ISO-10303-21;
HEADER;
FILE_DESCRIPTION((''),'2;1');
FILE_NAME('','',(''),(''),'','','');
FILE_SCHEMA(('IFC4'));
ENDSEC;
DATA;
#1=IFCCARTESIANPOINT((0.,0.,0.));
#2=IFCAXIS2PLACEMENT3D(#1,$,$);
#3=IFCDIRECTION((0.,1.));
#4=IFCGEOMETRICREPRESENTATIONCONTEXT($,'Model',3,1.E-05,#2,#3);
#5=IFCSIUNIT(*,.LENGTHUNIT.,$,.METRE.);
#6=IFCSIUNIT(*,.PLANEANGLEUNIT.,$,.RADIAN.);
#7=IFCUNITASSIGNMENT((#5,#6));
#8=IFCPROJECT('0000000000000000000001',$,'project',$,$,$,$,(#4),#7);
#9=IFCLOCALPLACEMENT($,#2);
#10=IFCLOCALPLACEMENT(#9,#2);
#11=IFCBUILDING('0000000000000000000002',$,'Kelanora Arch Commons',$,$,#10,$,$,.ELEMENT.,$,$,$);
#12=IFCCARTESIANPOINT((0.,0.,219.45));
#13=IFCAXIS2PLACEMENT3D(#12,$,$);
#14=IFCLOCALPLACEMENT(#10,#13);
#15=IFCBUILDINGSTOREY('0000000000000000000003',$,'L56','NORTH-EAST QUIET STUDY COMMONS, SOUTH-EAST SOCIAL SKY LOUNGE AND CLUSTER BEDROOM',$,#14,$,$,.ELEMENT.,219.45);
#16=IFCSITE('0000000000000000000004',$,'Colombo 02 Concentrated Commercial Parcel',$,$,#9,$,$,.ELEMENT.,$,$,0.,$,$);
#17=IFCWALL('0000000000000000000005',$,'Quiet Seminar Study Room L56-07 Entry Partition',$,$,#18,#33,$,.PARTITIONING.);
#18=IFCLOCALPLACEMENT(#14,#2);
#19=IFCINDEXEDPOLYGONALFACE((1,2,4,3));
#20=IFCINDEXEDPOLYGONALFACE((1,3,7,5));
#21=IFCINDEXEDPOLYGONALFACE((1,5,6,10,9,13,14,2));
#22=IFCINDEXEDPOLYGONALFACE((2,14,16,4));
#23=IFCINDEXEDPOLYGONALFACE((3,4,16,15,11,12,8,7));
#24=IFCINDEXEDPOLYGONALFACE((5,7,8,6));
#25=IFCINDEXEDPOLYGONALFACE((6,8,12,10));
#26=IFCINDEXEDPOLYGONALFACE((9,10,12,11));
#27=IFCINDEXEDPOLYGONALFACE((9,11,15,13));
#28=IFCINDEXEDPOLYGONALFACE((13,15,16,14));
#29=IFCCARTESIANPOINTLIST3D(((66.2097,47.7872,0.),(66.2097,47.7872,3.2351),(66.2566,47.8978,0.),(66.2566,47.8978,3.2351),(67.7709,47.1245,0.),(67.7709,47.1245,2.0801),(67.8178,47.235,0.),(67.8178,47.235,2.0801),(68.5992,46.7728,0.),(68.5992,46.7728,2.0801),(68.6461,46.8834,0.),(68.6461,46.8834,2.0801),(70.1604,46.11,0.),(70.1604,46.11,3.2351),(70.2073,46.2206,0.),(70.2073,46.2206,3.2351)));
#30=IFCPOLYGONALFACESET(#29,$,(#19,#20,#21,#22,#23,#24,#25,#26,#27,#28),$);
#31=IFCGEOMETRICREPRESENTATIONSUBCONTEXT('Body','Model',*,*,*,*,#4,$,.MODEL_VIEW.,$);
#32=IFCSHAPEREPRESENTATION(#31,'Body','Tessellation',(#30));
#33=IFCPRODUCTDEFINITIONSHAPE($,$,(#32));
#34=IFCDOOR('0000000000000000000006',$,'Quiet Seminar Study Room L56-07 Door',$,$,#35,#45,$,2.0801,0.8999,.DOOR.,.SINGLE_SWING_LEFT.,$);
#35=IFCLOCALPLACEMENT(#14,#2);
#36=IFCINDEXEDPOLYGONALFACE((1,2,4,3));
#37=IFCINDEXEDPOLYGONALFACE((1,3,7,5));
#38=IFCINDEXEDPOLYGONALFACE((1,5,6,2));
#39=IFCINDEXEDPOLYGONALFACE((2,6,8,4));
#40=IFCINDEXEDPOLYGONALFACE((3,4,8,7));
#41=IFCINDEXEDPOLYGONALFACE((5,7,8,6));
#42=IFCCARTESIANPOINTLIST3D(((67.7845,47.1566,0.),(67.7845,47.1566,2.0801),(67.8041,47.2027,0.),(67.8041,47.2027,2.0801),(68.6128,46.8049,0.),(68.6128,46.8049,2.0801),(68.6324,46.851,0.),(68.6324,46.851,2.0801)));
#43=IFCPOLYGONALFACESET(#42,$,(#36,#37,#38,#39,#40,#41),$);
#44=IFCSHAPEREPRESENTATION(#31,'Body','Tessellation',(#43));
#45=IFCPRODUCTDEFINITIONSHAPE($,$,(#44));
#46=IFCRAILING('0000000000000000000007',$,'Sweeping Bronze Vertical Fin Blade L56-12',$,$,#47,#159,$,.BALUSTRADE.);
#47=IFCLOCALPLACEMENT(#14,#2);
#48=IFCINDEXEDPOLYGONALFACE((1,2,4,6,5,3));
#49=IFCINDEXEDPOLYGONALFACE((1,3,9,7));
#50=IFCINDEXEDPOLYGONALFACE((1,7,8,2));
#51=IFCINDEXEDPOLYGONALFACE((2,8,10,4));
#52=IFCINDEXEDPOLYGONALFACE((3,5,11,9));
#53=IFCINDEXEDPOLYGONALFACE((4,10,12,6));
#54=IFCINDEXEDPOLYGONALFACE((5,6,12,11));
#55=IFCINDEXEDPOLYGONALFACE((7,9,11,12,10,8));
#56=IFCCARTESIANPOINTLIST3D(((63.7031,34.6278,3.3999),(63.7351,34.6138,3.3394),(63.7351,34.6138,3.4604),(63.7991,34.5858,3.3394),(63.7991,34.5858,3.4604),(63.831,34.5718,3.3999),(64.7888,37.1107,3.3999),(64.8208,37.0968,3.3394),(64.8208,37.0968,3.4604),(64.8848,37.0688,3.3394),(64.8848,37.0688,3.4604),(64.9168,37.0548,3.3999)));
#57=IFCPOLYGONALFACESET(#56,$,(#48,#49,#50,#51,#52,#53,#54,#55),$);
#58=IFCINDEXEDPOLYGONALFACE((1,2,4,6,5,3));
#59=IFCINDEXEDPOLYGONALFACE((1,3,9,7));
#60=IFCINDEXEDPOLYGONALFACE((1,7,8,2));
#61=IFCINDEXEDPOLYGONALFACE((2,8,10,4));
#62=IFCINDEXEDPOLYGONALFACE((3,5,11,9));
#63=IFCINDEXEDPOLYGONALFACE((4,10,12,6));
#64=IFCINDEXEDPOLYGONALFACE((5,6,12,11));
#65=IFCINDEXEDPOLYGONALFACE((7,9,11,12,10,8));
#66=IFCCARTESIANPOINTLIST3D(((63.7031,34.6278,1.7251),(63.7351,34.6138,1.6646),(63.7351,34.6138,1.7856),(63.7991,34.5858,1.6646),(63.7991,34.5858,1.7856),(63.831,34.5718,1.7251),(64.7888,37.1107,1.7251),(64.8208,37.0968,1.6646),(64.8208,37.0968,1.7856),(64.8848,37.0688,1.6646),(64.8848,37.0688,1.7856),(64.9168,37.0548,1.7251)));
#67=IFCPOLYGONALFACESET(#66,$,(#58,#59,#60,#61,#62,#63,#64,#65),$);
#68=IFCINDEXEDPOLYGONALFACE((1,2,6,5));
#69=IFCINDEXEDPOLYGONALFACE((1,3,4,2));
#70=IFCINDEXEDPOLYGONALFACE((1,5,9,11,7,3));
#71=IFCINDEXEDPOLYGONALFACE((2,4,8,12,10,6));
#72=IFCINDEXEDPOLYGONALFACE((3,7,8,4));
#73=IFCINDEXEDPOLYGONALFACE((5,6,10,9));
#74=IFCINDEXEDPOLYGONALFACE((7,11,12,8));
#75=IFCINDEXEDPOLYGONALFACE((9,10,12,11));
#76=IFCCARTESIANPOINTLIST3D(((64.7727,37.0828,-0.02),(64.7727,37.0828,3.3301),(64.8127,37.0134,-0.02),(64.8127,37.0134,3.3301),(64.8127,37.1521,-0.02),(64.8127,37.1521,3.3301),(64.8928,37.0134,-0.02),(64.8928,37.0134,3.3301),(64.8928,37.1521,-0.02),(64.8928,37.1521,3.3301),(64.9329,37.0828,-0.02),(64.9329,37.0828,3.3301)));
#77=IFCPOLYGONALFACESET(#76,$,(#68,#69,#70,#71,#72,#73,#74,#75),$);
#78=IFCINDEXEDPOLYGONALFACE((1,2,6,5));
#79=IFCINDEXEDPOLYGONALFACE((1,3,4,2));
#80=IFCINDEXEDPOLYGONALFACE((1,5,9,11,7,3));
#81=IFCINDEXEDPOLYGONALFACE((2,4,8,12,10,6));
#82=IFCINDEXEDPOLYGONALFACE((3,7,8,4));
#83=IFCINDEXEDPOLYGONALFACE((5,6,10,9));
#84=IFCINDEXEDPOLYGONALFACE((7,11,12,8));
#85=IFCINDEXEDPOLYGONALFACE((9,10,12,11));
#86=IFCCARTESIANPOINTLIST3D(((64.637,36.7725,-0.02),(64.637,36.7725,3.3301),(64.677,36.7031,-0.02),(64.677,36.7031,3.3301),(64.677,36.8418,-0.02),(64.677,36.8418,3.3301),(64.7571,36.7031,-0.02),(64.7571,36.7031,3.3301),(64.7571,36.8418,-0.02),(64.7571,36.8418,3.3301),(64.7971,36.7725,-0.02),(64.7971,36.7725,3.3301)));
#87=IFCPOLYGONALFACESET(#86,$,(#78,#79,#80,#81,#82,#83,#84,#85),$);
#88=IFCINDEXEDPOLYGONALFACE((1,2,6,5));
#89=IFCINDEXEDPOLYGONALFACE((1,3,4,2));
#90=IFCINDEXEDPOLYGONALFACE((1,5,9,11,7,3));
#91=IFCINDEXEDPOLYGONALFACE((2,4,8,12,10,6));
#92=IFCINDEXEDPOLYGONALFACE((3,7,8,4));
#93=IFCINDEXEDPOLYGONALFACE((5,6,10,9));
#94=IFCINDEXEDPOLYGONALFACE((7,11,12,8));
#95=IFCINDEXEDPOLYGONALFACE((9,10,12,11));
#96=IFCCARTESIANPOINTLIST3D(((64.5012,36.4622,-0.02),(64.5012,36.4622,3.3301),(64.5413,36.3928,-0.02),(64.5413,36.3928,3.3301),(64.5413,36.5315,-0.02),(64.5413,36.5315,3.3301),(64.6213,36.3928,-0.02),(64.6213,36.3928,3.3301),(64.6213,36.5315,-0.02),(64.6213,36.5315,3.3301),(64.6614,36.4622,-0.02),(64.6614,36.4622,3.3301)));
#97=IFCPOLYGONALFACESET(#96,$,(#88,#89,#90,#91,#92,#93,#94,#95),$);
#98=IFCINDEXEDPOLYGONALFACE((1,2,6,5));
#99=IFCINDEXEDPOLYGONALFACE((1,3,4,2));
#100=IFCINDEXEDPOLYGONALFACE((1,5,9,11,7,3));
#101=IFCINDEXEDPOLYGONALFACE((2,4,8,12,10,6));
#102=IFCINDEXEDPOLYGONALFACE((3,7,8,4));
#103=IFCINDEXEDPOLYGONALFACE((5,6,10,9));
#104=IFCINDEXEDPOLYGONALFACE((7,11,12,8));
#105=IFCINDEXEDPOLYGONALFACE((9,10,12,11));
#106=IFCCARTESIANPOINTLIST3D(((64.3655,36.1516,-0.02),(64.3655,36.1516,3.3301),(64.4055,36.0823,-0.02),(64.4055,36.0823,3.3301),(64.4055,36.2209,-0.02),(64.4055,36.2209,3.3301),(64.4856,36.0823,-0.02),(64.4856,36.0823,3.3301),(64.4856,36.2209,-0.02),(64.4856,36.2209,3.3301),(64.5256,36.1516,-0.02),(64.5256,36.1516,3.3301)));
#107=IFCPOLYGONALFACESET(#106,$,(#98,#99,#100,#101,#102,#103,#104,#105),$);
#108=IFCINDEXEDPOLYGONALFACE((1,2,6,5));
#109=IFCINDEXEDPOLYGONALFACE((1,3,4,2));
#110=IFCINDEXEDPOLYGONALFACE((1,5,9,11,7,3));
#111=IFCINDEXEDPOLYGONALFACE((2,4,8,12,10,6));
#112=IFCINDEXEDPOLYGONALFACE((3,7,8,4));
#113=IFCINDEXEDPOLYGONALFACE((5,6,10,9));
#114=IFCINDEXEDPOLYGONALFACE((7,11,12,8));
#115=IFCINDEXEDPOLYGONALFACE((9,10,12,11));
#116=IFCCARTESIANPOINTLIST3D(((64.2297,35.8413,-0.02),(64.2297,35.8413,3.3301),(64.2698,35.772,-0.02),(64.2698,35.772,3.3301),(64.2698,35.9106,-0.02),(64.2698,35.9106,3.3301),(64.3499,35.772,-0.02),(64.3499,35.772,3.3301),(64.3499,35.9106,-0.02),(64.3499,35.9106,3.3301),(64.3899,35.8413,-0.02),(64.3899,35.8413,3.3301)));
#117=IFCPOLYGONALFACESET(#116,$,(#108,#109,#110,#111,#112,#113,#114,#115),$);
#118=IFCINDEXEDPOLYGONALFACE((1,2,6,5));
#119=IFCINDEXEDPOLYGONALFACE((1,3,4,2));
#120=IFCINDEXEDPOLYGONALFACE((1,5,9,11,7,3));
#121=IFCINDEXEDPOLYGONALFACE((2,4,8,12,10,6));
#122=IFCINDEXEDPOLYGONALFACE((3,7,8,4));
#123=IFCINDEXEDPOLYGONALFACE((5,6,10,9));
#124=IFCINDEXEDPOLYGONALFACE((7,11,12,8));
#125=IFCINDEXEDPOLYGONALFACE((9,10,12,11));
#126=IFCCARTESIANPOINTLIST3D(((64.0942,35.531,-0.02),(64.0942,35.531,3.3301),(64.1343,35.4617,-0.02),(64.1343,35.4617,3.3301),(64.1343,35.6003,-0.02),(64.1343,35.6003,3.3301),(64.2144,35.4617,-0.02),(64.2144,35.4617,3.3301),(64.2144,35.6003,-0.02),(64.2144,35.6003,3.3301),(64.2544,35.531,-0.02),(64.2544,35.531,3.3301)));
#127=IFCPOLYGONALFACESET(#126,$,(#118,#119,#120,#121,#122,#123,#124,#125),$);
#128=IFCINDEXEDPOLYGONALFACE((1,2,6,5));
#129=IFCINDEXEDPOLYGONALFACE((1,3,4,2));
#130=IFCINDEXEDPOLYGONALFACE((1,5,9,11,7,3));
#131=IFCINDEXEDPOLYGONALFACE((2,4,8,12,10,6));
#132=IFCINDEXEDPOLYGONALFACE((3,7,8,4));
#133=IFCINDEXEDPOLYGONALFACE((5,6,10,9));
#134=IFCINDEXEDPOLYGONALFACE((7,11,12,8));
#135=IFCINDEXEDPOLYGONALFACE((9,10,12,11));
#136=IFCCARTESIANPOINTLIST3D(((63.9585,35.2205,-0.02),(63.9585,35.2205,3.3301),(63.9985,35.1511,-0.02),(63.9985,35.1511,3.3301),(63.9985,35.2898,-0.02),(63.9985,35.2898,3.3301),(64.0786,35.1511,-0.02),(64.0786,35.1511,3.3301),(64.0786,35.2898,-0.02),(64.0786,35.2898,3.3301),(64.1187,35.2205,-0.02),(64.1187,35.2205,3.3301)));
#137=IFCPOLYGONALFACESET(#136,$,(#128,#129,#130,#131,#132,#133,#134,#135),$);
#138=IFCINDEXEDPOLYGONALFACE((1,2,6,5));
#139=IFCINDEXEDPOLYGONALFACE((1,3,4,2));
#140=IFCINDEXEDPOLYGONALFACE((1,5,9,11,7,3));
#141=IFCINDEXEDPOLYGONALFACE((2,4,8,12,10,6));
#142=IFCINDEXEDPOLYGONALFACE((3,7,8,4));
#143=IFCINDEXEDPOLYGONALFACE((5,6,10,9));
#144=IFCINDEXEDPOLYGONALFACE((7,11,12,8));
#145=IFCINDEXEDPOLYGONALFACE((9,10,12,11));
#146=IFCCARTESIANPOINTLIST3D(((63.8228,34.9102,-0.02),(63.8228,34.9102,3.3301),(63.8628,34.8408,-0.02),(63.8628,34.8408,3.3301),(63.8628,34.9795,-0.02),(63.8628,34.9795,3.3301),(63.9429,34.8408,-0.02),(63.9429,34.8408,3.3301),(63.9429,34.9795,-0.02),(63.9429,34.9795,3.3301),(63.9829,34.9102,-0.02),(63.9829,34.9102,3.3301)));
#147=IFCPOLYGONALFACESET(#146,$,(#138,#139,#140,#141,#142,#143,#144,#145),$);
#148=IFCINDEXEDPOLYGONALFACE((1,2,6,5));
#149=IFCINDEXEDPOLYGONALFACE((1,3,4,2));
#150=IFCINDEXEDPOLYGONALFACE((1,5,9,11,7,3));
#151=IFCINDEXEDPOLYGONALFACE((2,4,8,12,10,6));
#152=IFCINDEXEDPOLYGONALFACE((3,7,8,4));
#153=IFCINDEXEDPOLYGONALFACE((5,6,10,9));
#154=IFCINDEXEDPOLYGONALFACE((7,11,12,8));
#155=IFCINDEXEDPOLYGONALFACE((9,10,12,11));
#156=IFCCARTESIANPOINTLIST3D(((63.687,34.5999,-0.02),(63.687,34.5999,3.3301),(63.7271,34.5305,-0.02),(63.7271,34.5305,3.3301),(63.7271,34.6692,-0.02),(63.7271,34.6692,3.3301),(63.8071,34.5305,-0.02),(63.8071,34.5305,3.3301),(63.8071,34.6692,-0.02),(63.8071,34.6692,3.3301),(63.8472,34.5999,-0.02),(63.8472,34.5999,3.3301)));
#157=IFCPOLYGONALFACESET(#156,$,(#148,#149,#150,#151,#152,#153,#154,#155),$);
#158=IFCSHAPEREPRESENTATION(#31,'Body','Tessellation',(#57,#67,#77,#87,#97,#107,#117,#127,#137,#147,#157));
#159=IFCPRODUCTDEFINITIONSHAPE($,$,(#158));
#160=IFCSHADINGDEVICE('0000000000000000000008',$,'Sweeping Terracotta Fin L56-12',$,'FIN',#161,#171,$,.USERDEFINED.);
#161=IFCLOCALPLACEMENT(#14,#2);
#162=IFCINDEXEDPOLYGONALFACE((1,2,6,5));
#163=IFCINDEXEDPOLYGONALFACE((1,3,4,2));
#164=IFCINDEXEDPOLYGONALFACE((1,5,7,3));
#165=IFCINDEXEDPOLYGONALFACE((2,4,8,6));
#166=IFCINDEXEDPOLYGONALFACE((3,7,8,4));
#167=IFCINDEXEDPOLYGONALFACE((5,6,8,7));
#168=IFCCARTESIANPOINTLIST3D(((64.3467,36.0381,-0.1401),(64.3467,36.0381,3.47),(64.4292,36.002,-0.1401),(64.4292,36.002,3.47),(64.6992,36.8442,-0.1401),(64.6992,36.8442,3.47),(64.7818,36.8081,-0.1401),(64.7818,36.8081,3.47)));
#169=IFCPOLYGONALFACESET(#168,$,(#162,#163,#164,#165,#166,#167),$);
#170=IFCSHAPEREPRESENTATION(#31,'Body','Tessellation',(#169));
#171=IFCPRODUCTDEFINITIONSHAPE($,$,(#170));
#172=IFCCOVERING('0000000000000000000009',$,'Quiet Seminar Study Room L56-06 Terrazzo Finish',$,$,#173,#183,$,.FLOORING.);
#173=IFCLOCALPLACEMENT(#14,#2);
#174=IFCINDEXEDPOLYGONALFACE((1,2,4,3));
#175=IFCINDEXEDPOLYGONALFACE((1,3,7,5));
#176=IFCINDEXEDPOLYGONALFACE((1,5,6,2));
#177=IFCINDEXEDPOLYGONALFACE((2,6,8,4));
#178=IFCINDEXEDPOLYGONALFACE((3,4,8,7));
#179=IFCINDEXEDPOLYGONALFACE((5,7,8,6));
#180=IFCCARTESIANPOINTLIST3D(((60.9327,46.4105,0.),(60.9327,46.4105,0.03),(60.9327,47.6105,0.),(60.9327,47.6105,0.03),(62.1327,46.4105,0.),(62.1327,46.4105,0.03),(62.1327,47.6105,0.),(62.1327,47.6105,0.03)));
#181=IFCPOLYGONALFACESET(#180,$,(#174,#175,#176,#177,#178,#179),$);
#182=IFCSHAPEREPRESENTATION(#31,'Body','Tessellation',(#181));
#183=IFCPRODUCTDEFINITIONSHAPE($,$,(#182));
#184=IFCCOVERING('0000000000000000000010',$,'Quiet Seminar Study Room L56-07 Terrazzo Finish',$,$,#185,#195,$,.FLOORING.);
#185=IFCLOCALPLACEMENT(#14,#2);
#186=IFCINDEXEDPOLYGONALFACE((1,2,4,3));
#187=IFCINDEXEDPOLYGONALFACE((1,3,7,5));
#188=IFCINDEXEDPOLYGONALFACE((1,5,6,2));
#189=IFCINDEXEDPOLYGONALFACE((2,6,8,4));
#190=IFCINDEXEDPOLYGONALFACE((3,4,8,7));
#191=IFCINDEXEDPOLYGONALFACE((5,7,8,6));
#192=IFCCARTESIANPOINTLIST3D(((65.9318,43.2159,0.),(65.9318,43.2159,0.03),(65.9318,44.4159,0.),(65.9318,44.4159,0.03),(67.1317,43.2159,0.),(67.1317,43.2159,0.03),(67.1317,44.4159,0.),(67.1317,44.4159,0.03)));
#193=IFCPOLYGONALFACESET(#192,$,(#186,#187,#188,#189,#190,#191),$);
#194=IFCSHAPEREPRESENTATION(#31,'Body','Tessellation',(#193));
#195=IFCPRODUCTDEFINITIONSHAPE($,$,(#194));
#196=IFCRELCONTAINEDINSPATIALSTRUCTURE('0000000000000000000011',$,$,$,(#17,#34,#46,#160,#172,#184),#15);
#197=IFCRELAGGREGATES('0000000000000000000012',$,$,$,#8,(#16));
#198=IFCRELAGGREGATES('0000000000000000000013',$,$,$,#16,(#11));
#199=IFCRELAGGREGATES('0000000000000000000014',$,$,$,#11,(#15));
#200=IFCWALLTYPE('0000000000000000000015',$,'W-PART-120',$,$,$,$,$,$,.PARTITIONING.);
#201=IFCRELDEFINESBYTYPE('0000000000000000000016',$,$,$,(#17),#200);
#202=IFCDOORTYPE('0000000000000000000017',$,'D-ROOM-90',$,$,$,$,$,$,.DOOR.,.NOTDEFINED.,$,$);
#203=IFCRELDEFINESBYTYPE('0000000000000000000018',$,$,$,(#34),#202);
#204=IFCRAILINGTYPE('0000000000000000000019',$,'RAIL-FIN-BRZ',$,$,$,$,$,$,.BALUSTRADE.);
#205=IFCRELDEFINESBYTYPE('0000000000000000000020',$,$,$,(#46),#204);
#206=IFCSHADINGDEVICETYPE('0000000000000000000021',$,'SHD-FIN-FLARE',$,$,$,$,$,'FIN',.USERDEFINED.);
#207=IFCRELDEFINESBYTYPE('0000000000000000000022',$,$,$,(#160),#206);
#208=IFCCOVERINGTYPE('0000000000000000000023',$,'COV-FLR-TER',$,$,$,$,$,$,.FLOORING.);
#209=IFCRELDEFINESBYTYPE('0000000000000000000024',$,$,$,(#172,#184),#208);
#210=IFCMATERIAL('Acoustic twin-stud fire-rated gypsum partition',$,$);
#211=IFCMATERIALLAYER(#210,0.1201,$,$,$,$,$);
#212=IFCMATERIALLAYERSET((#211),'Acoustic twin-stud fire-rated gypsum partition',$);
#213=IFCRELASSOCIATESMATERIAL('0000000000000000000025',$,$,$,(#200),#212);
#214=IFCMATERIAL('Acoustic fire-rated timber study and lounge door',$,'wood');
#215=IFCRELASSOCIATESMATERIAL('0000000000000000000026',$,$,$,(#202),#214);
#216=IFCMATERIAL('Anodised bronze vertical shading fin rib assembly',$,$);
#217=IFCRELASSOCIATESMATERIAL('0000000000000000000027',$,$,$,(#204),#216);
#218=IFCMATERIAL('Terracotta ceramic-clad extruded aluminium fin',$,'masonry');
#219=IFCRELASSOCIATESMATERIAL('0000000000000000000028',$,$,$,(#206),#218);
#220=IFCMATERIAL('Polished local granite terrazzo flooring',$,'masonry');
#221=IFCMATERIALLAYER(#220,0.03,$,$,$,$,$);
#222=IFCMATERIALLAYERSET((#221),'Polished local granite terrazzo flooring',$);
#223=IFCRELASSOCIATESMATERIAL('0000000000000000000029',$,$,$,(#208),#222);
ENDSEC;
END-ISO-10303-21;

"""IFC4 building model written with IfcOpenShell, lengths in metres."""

from ifc_helpers import new_model, si_unit, direction, frame, frame_2d, origin, origin_2d, place, context, subcontext, project, spatial, polyline, rectangle, outline, extrude, source, transform, mapped, material, layer, layer_set, type_object, element, fill, save


model = new_model("IFC4")

# Units and contexts
model_context = context("Model", 3, precision=1e-05, world=origin(), true_north=direction((0.0, 1.0)))
body_context = subcontext(model_context, "Body", "Model", "MODEL_VIEW")
ifc_project = project(units=[si_unit("LENGTHUNIT", "METRE"), si_unit("PLANEANGLEUNIT", "RADIAN")], contexts=[model_context])

# Site, building, storey
site_placement = place(None, origin())
site = spatial("IfcSite", under=ifc_project, at=site_placement, Name="Colombo 02 Concentrated Commercial Parcel", CompositionType="ELEMENT", RefElevation=0.0)
building_placement = place(site_placement, origin())
building = spatial("IfcBuilding", under=site, at=building_placement, Name="Kelanora Arch Commons", CompositionType="ELEMENT")
storey_placement = place(building_placement, frame((0.0, 0.0, 219.45)))
storey = spatial("IfcBuildingStorey", under=building, at=storey_placement, Name="L56", Description="NORTH-EAST QUIET STUDY COMMONS, SOUTH-EAST SOCIAL SKY LOUNGE AND CLUSTER BEDROOM", CompositionType="ELEMENT", Elevation=219.45)

# Wall, opening, door
ifc_material_1 = material(Name="Acoustic twin-stud fire-rated gypsum partition")
ifc_layer_1 = layer(ifc_material_1, 0.1201)
ifc_layer_set_1 = layer_set([ifc_layer_1], Name="Acoustic twin-stud fire-rated gypsum partition")
wall_type_1 = type_object("IfcWallType", Name="W-PART-120", PredefinedType="PARTITIONING", material=ifc_layer_set_1)
ifc_material_2 = material(Name="Acoustic fire-rated timber study and lounge door", Category="wood")
door_type = type_object("IfcDoorType", Name="D-ROOM-90", OperationType="NOTDEFINED", PredefinedType="DOOR", material=ifc_material_2)
wall_1_placement = place(storey_placement, frame((66.2332, 47.8425, 0.0), z_axis=(0.0, 0.0, 1.0), x_axis=(0.920481, -0.390786, 0.0)))
wall_1 = element("IfcWall", 1, at=wall_1_placement, inside=storey, type_object=wall_type_1, Name="Quiet Seminar Study Room L56-07 Entry Partition", PredefinedType="PARTITIONING", context=body_context, shape_type="SweptSolid", body=[
    extrude(rectangle(XDim=4.292, YDim=0.1201, at=frame_2d((2.146, 0.0))), origin(), (0.0, 0.0, 1.0), 3.2351),
])
opening_1_placement = place(wall_1_placement, frame((1.696, 0.0, 0.0)))
opening_1 = element("IfcOpeningElement", 2, at=opening_1_placement, cuts=wall_1, PredefinedType="OPENING", context=body_context, shape_type="SweptSolid", body=[
    extrude(rectangle(XDim=0.8999, YDim=2.0801, at=frame_2d((0.45, 1.04))), frame((0.0, 0.0701, 0.0), z_axis=(0.0, -1.0, 0.0), x_axis=(1.0, 0.0, 0.0)), (0.0, 0.0, 1.0), 0.1401),
])
door_1_placement = place(opening_1_placement, origin())
door_1 = element("IfcDoor", 3, at=door_1_placement, inside=storey, type_object=door_type, Name="Quiet Seminar Study Room L56-07 Door", OperationType="SINGLE_SWING_LEFT", OverallHeight=2.0801, OverallWidth=0.8999, PredefinedType="DOOR", context=body_context, shape_type="SweptSolid", body=[
    extrude(rectangle(XDim=0.8999, YDim=2.0801, at=frame_2d((0.45, 1.04))), frame((0.0, 0.0249, 0.0), z_axis=(0.0, -1.0, 0.0), x_axis=(1.0, 0.0, 0.0)), (0.0, 0.0, 1.0), 0.05),
])
fill(opening_1, door_1)

# Railing
ifc_material_3 = material(Name="Anodised bronze vertical shading fin rib assembly")
railing_type = type_object("IfcRailingType", Name="RAIL-FIN-BRZ", PredefinedType="BALUSTRADE", material=ifc_material_3)
railing_placement = place(storey_placement, frame((64.8528, 37.0828, -0.02)))
element("IfcRailing", 4, at=railing_placement, inside=storey, type_object=railing_type, Name="Sweeping Bronze Vertical Fin Blade L56-12", PredefinedType="BALUSTRADE", context=body_context, shape_type="SweptSolid", body=[
    extrude(outline(polyline([(0.0698, 0.0), (0.0349, 0.0605), (-0.0349, 0.0605), (-0.0698, 0.0), (-0.0349, -0.0605), (0.0349, -0.0605), (0.0698, 0.0)])), frame((0.0, 0.0, 3.4199), z_axis=(-0.400639, -0.916236, 0.0), x_axis=(0.916236, -0.400639, 0.0)), (0.0, 0.0, 1.0), 2.71),
    extrude(outline(polyline([(0.0698, 0.0), (0.0349, 0.0605), (-0.0349, 0.0605), (-0.0698, 0.0), (-0.0349, -0.0605), (0.0349, -0.0605), (0.0698, 0.0)])), frame((0.0, 0.0, 1.7451), z_axis=(-0.400639, -0.916236, 0.0), x_axis=(0.916236, -0.400639, 0.0)), (0.0, 0.0, 1.0), 2.71),
    extrude(outline(polyline([(0.0801, 0.0), (0.04, 0.0693), (-0.04, 0.0693), (-0.0801, 0.0), (-0.04, -0.0693), (0.04, -0.0693), (0.0801, 0.0)])), origin(), (0.0, 0.0, 1.0), 3.3501),
    extrude(outline(polyline([(0.0801, 0.0), (0.04, 0.0693), (-0.04, 0.0693), (-0.0801, 0.0), (-0.04, -0.0693), (0.04, -0.0693), (0.0801, 0.0)])), frame((-0.1357, -0.3103, 0.0)), (0.0, 0.0, 1.0), 3.3501),
    extrude(outline(polyline([(0.0801, 0.0), (0.04, 0.0693), (-0.04, 0.0693), (-0.0801, 0.0), (-0.04, -0.0693), (0.04, -0.0693), (0.0801, 0.0)])), frame((-0.2715, -0.6206, 0.0)), (0.0, 0.0, 1.0), 3.3501),
    extrude(outline(polyline([(0.0801, 0.0), (0.04, 0.0693), (-0.04, 0.0693), (-0.0801, 0.0), (-0.04, -0.0693), (0.04, -0.0693), (0.0801, 0.0)])), frame((-0.4072, -0.9312, 0.0)), (0.0, 0.0, 1.0), 3.3501),
    extrude(outline(polyline([(0.0801, 0.0), (0.04, 0.0693), (-0.04, 0.0693), (-0.0801, 0.0), (-0.04, -0.0693), (0.04, -0.0693), (0.0801, 0.0)])), frame((-0.543, -1.2415, 0.0)), (0.0, 0.0, 1.0), 3.3501),
    extrude(outline(polyline([(0.0801, 0.0), (0.04, 0.0693), (-0.04, 0.0693), (-0.0801, 0.0), (-0.04, -0.0693), (0.04, -0.0693), (0.0801, 0.0)])), frame((-0.6785, -1.5518, 0.0)), (0.0, 0.0, 1.0), 3.3501),
    extrude(outline(polyline([(0.0801, 0.0), (0.04, 0.0693), (-0.04, 0.0693), (-0.0801, 0.0), (-0.04, -0.0693), (0.04, -0.0693), (0.0801, 0.0)])), frame((-0.8142, -1.8623, 0.0)), (0.0, 0.0, 1.0), 3.3501),
    extrude(outline(polyline([(0.0801, 0.0), (0.04, 0.0693), (-0.04, 0.0693), (-0.0801, 0.0), (-0.04, -0.0693), (0.04, -0.0693), (0.0801, 0.0)])), frame((-0.95, -2.1726, 0.0)), (0.0, 0.0, 1.0), 3.3501),
    extrude(outline(polyline([(0.0801, 0.0), (0.04, 0.0693), (-0.04, 0.0693), (-0.0801, 0.0), (-0.04, -0.0693), (0.04, -0.0693), (0.0801, 0.0)])), frame((-1.0857, -2.4829, 0.0)), (0.0, 0.0, 1.0), 3.3501),
])

# Shading device
ifc_material_4 = material(Name="Terracotta ceramic-clad extruded aluminium fin", Category="masonry")
shading_device_type = type_object("IfcShadingDeviceType", Name="SHD-FIN-FLARE", ElementType="FIN", PredefinedType="USERDEFINED", material=ifc_material_4)
shared_shape_1 = source(origin(), body_context, "Body", "SweptSolid", [
    extrude(rectangle(XDim=0.8799, YDim=0.0901, at=origin_2d()), origin(), (0.0, 0.0, 1.0), 3.6101),
])
shading_device_placement = place(storey_placement, frame((64.5642, 36.4231, -0.1401), z_axis=(0.0, 0.0, 1.0), x_axis=(-0.400669, -0.916223, 0.0)))
element("IfcShadingDevice", 5, at=shading_device_placement, inside=storey, type_object=shading_device_type, Name="Sweeping Terracotta Fin L56-12", ObjectType="FIN", PredefinedType="USERDEFINED", context=body_context, shape_type="MappedRepresentation", body=[
    mapped(shared_shape_1, transform((0.0, 0.0, 0.0), scale=1.0)),
])

# Coverings
ifc_material_5 = material(Name="Polished local granite terrazzo flooring", Category="masonry")
ifc_layer_2 = layer(ifc_material_5, 0.03)
ifc_layer_set_2 = layer_set([ifc_layer_2], Name="Polished local granite terrazzo flooring")
covering_type = type_object("IfcCoveringType", Name="COV-FLR-TER", PredefinedType="FLOORING", material=ifc_layer_set_2)
shared_shape_2 = source(origin(), body_context, "Body", "SweptSolid", [
    extrude(rectangle(XDim=1.2, YDim=1.2, at=origin_2d()), origin(), (0.0, 0.0, 1.0), 0.03),
])
for number, where, z_axis, x_axis, name in (
    (6, (61.5327, 47.0105, 0.0), (0.0, 0.0, 1.0), (1.0, 0.0, 0.0), "Quiet Seminar Study Room L56-06 Terrazzo Finish"),
    (7, (66.5317, 43.8159, 0.0), (0.0, 0.0, 1.0), (1.0, 0.0, 0.0), "Quiet Seminar Study Room L56-07 Terrazzo Finish"),
):
    element("IfcCovering", number, at=place(storey_placement, frame(where, z_axis=z_axis, x_axis=x_axis)), inside=storey, type_object=covering_type, Name=name, PredefinedType="FLOORING", context=body_context, shape_type="MappedRepresentation", body=[
        mapped(shared_shape_2, transform((0.0, 0.0, 0.0), scale=1.0)),
    ])

save(model, "model.ifc")
